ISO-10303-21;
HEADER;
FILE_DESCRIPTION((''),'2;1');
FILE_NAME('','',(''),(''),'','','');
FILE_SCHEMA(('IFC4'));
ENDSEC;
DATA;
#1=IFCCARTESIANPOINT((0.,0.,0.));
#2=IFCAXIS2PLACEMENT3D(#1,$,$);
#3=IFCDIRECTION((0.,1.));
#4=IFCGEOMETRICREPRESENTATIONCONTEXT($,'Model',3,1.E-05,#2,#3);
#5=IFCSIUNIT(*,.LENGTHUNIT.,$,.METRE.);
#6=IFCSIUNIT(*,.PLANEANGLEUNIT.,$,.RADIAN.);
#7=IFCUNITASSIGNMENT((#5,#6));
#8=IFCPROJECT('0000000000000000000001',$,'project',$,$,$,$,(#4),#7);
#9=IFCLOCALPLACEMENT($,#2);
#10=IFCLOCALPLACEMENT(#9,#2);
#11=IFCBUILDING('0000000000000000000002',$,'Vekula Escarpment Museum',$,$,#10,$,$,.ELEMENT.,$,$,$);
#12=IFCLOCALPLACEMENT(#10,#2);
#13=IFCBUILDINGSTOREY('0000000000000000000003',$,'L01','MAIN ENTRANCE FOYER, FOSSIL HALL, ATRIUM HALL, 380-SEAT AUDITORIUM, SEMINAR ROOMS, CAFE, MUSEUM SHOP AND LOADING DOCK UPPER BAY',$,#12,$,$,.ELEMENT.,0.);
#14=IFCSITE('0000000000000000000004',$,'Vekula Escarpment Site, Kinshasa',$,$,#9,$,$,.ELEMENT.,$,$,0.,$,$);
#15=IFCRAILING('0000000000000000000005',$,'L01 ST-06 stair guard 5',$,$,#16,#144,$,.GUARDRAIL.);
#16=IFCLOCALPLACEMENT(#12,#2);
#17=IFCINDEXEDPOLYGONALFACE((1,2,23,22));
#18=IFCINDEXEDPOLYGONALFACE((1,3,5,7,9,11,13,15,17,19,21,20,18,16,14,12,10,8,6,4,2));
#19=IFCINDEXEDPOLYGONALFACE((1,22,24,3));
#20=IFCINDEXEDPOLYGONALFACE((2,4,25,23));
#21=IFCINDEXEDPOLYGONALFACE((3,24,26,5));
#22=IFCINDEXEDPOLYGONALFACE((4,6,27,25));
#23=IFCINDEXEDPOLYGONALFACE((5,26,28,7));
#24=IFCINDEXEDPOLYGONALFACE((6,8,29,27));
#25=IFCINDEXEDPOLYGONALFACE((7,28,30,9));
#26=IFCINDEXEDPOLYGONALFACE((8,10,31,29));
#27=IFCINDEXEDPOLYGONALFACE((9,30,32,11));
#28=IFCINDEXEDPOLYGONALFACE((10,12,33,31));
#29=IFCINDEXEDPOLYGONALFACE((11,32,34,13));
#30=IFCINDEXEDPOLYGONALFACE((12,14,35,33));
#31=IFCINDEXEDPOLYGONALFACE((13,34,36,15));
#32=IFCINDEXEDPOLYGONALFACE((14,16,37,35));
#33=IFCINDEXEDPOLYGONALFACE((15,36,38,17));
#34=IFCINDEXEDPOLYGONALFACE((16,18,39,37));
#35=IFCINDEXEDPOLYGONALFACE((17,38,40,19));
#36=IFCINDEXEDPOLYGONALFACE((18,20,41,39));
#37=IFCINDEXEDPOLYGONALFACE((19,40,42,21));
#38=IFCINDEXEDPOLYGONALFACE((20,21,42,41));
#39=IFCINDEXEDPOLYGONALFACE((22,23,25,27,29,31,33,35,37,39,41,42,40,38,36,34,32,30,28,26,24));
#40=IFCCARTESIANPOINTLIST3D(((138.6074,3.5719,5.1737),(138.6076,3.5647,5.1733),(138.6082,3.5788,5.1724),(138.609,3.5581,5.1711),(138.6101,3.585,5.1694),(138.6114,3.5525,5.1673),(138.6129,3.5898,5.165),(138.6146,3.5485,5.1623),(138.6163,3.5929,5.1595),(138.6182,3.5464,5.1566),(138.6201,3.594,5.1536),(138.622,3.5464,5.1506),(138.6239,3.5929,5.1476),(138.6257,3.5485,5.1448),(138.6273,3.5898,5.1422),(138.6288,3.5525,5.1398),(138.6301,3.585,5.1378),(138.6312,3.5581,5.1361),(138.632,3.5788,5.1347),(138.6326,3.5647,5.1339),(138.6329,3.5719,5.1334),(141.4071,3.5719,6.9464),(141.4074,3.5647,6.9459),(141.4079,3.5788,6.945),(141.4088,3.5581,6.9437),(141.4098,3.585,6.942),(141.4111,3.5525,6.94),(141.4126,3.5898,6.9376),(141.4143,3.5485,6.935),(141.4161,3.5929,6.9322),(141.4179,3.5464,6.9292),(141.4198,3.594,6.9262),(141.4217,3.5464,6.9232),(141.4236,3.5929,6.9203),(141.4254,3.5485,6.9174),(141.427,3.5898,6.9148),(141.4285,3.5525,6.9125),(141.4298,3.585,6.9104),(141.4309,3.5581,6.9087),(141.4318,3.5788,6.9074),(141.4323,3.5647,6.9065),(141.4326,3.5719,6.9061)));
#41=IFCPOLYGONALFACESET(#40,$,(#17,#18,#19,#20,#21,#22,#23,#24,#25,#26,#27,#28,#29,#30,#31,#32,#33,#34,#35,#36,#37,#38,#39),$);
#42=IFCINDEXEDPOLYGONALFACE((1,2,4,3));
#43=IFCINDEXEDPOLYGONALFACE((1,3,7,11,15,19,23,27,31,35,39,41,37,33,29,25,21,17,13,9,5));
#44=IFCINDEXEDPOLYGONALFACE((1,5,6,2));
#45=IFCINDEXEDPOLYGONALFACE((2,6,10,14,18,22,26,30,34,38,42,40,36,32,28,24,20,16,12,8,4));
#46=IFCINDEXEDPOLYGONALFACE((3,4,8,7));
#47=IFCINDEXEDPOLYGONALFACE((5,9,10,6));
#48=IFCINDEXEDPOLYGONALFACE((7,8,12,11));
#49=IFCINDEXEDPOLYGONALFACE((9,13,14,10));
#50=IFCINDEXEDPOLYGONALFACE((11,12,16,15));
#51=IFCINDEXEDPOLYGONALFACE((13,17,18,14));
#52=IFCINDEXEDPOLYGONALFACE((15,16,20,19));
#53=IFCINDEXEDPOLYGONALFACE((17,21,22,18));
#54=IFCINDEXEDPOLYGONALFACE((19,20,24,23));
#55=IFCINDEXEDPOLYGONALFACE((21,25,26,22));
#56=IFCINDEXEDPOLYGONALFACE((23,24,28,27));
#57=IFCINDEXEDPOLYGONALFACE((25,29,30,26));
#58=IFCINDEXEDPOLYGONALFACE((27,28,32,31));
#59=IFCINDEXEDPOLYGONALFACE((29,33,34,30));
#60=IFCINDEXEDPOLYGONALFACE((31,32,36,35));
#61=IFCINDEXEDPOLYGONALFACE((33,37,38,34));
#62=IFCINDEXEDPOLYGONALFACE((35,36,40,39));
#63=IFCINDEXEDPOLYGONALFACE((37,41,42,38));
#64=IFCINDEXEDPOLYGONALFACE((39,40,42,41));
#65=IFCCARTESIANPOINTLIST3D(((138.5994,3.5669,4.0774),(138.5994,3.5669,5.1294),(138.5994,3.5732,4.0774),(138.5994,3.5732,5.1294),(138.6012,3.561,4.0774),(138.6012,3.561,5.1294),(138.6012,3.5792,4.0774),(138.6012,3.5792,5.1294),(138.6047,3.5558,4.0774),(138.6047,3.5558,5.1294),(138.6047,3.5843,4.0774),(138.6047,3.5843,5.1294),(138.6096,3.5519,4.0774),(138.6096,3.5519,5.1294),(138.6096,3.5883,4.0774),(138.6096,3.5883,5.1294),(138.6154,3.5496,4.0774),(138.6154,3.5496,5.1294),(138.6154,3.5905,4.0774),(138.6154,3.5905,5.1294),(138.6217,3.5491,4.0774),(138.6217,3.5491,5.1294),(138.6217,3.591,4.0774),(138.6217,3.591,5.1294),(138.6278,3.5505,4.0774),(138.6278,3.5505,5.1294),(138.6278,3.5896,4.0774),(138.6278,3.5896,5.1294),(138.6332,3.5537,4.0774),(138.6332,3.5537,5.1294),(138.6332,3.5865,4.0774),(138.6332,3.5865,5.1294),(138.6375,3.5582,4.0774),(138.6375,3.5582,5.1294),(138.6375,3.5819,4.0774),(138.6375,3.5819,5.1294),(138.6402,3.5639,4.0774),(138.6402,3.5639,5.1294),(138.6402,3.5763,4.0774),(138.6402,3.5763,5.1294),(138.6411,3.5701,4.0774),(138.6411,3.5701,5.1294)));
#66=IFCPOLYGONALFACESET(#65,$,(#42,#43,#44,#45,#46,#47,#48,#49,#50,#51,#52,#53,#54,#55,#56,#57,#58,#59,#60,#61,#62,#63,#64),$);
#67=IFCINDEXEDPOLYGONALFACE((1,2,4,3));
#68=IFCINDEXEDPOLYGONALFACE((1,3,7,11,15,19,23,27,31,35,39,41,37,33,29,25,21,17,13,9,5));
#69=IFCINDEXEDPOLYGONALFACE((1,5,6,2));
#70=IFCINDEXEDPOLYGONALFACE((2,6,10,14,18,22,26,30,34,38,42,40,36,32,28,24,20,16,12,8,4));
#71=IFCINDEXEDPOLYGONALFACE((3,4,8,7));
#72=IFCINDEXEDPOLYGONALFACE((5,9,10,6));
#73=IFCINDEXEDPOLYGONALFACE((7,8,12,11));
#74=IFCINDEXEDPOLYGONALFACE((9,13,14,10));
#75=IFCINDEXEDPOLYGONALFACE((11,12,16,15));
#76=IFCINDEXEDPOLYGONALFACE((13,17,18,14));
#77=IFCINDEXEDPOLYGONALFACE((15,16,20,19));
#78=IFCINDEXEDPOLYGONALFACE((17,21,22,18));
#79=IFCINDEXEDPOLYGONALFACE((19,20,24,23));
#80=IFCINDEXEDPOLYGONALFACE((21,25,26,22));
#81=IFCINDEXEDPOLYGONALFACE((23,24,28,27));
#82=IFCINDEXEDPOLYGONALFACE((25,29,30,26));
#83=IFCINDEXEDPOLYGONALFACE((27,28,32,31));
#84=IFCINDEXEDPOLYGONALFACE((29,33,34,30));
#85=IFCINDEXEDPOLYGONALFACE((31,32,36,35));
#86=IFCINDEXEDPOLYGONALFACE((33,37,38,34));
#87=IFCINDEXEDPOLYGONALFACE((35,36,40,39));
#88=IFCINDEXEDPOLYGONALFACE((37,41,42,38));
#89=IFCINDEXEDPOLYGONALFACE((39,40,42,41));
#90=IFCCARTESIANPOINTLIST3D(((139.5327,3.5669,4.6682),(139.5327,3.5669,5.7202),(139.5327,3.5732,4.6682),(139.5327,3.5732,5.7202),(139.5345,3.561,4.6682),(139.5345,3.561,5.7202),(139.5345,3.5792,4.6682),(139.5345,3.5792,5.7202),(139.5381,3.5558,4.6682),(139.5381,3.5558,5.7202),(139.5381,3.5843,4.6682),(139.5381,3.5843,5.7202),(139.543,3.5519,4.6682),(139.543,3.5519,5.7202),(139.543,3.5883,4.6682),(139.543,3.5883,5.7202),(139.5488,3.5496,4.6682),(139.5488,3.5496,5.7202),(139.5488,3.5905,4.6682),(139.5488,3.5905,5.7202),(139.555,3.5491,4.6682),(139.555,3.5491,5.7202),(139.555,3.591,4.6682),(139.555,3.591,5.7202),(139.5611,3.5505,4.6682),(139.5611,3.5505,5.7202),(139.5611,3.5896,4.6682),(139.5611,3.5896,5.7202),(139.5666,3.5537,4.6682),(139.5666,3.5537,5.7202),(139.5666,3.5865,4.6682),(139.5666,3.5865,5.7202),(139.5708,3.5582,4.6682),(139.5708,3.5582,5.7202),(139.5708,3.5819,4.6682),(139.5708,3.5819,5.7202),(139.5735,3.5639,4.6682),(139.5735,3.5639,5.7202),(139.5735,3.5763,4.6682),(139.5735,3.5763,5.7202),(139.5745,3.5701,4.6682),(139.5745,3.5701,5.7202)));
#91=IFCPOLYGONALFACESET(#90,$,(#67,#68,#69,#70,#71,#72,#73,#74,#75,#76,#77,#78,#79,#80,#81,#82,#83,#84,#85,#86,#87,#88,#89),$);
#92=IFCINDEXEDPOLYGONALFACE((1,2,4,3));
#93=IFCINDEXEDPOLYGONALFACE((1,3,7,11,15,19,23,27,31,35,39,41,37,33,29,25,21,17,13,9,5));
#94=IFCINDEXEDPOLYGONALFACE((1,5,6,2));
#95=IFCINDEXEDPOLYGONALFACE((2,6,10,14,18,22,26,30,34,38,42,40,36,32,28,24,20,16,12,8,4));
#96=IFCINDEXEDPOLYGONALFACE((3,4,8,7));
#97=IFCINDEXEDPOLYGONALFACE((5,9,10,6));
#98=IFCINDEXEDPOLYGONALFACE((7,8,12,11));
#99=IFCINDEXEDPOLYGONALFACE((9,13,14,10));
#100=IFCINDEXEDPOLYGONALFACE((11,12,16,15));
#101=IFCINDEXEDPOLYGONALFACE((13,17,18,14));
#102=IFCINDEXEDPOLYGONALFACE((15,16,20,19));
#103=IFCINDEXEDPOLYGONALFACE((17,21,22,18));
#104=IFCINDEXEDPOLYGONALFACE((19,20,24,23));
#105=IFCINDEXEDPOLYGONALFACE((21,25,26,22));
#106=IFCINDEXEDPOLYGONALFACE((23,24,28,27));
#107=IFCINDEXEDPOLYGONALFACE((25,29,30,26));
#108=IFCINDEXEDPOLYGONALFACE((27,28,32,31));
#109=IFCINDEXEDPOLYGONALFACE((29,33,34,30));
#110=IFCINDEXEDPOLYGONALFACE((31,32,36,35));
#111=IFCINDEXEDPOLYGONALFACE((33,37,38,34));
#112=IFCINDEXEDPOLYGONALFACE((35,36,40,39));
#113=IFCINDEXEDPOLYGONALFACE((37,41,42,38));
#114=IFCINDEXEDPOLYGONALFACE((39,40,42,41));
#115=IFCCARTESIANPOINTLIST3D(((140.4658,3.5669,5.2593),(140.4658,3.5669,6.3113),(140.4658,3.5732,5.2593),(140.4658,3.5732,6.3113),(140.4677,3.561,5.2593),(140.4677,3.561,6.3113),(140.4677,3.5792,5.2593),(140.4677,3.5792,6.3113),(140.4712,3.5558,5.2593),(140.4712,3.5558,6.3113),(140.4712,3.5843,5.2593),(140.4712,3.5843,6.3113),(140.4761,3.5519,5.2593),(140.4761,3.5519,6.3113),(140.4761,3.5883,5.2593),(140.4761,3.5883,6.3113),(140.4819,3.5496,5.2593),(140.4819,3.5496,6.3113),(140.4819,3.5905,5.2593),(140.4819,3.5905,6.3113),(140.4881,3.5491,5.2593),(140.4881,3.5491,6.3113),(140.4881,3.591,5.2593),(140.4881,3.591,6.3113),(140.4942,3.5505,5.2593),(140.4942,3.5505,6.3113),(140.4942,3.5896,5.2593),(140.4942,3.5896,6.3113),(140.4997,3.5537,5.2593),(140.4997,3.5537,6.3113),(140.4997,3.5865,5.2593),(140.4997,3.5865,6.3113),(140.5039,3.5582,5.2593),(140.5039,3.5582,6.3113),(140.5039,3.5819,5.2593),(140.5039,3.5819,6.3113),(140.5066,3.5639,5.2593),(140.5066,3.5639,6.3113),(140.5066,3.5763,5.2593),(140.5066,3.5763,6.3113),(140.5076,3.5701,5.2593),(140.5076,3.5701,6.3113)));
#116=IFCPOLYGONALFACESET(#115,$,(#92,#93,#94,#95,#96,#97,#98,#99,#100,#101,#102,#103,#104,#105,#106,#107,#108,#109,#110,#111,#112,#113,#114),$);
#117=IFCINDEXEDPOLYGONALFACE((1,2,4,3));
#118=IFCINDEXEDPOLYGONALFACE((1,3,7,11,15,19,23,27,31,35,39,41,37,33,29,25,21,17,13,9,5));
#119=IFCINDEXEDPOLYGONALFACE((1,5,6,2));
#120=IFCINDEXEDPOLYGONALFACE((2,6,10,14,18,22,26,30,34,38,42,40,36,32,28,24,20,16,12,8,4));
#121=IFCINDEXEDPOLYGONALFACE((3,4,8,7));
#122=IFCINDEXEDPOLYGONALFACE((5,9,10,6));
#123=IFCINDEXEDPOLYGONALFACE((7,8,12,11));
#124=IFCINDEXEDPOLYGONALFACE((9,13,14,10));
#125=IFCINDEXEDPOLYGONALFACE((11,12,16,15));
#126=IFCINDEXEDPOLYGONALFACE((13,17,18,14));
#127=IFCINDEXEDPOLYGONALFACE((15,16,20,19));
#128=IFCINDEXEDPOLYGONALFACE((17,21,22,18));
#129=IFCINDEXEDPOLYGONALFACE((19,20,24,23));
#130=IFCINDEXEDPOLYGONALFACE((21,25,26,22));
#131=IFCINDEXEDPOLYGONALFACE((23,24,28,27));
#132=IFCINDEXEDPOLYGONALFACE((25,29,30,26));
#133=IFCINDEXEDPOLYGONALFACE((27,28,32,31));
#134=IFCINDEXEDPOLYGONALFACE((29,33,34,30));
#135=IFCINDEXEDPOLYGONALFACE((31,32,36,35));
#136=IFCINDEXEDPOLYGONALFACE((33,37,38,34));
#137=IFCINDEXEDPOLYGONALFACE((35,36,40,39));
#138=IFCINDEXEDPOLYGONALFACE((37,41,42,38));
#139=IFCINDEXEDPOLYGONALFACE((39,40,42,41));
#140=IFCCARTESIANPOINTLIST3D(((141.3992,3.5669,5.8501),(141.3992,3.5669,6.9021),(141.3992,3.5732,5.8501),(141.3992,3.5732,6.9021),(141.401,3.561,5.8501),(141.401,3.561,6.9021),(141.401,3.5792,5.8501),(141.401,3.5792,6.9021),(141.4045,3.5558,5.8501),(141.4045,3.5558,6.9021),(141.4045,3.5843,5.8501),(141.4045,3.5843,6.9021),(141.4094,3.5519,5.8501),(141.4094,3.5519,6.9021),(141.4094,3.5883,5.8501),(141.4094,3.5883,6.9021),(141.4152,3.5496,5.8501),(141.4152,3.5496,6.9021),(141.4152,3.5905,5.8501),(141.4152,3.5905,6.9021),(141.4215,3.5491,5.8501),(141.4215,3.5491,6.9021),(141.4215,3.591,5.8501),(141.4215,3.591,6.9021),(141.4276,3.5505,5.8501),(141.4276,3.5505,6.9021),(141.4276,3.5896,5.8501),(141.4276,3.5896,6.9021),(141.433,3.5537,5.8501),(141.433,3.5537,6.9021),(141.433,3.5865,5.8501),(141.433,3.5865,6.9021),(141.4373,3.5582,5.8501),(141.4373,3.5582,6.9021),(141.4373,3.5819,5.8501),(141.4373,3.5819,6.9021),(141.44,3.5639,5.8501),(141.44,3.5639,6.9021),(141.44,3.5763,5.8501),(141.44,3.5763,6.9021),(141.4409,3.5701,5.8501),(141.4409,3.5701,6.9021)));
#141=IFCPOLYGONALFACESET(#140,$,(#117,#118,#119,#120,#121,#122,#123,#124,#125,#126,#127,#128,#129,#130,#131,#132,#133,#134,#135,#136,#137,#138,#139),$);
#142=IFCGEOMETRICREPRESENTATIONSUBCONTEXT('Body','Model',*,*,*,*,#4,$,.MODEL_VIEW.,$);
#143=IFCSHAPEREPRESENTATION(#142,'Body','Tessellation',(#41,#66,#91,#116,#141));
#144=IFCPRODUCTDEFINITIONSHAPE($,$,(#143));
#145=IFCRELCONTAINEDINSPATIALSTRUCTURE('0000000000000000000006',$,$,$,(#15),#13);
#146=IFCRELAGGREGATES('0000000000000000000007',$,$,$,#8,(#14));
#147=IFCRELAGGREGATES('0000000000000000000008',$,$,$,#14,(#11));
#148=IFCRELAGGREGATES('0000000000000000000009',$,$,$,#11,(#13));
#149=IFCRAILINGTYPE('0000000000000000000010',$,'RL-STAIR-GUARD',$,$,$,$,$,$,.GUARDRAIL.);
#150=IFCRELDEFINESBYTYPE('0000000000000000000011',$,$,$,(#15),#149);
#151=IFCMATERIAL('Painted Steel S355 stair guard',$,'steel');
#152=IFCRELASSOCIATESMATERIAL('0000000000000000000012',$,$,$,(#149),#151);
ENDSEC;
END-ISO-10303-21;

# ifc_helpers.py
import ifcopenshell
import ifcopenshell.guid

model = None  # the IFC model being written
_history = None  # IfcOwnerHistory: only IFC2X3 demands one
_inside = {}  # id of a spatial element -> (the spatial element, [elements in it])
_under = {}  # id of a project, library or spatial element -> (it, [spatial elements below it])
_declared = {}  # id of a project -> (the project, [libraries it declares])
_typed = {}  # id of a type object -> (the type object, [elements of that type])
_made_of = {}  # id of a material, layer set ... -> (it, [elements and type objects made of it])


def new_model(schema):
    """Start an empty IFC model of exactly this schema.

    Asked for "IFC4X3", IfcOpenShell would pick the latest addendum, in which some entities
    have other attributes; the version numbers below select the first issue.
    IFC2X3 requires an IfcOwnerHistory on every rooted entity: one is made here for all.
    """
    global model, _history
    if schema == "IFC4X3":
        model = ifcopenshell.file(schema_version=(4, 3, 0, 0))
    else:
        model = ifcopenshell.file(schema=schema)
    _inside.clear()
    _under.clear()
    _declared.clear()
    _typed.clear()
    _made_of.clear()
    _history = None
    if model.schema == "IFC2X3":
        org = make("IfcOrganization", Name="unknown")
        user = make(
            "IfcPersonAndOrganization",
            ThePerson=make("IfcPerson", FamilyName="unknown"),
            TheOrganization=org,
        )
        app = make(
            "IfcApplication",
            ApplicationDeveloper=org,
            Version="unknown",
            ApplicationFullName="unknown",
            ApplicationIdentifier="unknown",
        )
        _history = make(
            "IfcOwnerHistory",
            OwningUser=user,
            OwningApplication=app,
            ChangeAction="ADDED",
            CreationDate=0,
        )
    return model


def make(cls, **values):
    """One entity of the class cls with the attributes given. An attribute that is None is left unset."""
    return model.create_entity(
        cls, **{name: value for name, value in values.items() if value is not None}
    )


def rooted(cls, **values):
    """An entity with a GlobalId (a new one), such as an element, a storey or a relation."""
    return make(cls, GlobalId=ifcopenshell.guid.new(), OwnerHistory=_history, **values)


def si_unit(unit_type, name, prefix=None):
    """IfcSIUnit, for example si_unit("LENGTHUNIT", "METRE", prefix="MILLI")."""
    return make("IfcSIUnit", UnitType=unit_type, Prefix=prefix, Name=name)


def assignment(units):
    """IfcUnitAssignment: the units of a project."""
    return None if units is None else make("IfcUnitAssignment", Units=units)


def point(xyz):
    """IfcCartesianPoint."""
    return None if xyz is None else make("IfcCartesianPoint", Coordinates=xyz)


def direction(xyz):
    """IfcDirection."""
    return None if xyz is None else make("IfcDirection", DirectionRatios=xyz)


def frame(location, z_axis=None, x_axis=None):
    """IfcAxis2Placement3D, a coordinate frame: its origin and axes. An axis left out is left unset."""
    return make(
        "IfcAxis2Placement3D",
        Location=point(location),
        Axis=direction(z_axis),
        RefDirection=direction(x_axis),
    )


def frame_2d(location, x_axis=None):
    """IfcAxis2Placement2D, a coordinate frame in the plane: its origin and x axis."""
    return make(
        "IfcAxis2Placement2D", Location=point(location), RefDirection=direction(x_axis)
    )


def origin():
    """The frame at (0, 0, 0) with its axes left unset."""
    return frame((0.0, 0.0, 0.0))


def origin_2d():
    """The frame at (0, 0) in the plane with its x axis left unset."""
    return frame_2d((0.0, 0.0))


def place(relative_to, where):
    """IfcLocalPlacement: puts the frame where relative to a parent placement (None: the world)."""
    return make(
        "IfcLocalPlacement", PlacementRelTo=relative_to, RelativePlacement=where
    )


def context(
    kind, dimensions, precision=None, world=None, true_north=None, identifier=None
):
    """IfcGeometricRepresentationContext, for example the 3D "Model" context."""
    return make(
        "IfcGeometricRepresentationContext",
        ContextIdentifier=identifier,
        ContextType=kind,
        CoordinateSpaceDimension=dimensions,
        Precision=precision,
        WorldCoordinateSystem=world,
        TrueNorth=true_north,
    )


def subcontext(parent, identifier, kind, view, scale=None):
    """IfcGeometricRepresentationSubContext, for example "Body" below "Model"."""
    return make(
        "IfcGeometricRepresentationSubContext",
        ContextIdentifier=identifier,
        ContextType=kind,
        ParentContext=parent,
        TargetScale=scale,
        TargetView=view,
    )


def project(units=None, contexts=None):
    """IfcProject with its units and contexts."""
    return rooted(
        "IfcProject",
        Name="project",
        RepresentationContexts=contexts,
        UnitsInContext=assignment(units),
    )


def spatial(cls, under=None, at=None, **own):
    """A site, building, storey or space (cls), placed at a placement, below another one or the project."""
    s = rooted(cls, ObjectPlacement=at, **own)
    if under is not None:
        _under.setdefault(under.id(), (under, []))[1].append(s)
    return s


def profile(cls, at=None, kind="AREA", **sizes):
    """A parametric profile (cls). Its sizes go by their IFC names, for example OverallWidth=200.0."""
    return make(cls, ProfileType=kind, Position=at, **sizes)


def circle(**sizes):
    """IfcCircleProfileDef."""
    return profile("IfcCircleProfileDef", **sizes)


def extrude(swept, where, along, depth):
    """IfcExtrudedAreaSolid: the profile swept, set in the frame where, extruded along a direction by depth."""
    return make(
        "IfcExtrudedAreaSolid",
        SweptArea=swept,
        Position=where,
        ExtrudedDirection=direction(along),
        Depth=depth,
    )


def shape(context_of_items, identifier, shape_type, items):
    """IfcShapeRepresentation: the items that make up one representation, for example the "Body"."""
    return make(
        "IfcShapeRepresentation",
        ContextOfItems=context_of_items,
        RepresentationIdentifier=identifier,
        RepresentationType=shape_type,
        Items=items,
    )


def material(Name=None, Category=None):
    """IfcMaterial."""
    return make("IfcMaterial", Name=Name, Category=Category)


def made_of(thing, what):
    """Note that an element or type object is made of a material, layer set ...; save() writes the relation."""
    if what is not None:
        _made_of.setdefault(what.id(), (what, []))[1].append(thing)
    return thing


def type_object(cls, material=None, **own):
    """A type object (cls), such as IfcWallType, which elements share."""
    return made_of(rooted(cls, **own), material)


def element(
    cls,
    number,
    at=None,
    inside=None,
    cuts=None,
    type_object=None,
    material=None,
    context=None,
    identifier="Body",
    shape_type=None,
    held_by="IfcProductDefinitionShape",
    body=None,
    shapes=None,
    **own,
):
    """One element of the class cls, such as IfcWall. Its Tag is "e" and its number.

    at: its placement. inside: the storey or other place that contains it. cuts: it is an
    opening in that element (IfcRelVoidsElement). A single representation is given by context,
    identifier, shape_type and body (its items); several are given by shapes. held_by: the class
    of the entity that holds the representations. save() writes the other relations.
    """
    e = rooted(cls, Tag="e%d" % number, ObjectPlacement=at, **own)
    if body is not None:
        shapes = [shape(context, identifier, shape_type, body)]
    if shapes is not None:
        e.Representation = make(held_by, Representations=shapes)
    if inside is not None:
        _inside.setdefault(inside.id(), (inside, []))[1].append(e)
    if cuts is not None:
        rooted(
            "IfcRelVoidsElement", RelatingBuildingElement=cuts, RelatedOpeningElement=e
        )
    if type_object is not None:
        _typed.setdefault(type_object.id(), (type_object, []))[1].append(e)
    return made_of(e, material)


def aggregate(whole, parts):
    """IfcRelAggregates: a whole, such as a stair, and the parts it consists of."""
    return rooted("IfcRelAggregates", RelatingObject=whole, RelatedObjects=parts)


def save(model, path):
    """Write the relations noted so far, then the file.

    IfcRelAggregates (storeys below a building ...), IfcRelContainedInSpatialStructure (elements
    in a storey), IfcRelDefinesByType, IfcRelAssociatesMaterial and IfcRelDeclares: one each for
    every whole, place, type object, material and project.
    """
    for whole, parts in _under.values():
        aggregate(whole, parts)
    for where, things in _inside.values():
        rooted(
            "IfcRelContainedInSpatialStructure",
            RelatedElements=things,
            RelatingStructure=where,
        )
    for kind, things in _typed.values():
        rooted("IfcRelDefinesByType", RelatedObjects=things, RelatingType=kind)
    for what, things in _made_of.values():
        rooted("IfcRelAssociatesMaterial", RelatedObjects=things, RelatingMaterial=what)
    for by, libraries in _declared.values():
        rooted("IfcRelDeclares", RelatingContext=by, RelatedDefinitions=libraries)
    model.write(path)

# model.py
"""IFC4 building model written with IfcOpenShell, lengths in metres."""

from ifc_helpers import new_model, si_unit, direction, frame, origin, origin_2d, place, context, subcontext, project, spatial, circle, extrude, material, type_object, element, save


model = new_model("IFC4")

# Units and contexts
model_context = context("Model", 3, precision=1e-05, world=origin(), true_north=direction((0.0, 1.0)))
body_context = subcontext(model_context, "Body", "Model", "MODEL_VIEW")
ifc_project = project(units=[si_unit("LENGTHUNIT", "METRE"), si_unit("PLANEANGLEUNIT", "RADIAN")], contexts=[model_context])

# Site, building, storey
site_placement = place(None, origin())
site = spatial("IfcSite", under=ifc_project, at=site_placement, Name="Vekula Escarpment Site, Kinshasa", CompositionType="ELEMENT", RefElevation=0.0)
building_placement = place(site_placement, origin())
building = spatial("IfcBuilding", under=site, at=building_placement, Name="Vekula Escarpment Museum", CompositionType="ELEMENT")
storey_placement = place(building_placement, origin())
storey = spatial("IfcBuildingStorey", under=building, at=storey_placement, Name="L01", Description="MAIN ENTRANCE FOYER, FOSSIL HALL, ATRIUM HALL, 380-SEAT AUDITORIUM, SEMINAR ROOMS, CAFE, MUSEUM SHOP AND LOADING DOCK UPPER BAY", CompositionType="ELEMENT", Elevation=0.0)

# Railing
ifc_material_1 = material(Name="Painted Steel S355 stair guard", Category="steel")
railing_type_1 = type_object("IfcRailingType", Name="RL-STAIR-GUARD", PredefinedType="GUARDRAIL", material=ifc_material_1)
railing_1_placement = place(storey_placement, frame((138.6201, 3.5701, 4.0774)))
element("IfcRailing", 1, at=railing_1_placement, inside=storey, type_object=railing_type_1, Name="L01 ST-06 stair guard 5", PredefinedType="GUARDRAIL", context=body_context, shape_type="SweptSolid", body=[
    extrude(circle(Radius=0.0239, at=origin_2d()), frame((0.0, 0.0, 1.0762), z_axis=(0.844888, 0.0, 0.534943), x_axis=(0.0, 1.0, 0.0)), (0.0, 0.0, 1.0), 3.3137),
    extrude(circle(Radius=0.021, at=origin_2d()), origin(), (0.0, 0.0, 1.0), 1.052),
    extrude(circle(Radius=0.021, at=origin_2d()), frame((0.9333, 0.0, 0.5908)), (0.0, 0.0, 1.0), 1.052),
    extrude(circle(Radius=0.021, at=origin_2d()), frame((1.8665, 0.0, 1.1819)), (0.0, 0.0, 1.0), 1.052),
    extrude(circle(Radius=0.021, at=origin_2d()), frame((2.7998, 0.0, 1.7727)), (0.0, 0.0, 1.0), 1.052),
])

save(model, "model.ifc")
